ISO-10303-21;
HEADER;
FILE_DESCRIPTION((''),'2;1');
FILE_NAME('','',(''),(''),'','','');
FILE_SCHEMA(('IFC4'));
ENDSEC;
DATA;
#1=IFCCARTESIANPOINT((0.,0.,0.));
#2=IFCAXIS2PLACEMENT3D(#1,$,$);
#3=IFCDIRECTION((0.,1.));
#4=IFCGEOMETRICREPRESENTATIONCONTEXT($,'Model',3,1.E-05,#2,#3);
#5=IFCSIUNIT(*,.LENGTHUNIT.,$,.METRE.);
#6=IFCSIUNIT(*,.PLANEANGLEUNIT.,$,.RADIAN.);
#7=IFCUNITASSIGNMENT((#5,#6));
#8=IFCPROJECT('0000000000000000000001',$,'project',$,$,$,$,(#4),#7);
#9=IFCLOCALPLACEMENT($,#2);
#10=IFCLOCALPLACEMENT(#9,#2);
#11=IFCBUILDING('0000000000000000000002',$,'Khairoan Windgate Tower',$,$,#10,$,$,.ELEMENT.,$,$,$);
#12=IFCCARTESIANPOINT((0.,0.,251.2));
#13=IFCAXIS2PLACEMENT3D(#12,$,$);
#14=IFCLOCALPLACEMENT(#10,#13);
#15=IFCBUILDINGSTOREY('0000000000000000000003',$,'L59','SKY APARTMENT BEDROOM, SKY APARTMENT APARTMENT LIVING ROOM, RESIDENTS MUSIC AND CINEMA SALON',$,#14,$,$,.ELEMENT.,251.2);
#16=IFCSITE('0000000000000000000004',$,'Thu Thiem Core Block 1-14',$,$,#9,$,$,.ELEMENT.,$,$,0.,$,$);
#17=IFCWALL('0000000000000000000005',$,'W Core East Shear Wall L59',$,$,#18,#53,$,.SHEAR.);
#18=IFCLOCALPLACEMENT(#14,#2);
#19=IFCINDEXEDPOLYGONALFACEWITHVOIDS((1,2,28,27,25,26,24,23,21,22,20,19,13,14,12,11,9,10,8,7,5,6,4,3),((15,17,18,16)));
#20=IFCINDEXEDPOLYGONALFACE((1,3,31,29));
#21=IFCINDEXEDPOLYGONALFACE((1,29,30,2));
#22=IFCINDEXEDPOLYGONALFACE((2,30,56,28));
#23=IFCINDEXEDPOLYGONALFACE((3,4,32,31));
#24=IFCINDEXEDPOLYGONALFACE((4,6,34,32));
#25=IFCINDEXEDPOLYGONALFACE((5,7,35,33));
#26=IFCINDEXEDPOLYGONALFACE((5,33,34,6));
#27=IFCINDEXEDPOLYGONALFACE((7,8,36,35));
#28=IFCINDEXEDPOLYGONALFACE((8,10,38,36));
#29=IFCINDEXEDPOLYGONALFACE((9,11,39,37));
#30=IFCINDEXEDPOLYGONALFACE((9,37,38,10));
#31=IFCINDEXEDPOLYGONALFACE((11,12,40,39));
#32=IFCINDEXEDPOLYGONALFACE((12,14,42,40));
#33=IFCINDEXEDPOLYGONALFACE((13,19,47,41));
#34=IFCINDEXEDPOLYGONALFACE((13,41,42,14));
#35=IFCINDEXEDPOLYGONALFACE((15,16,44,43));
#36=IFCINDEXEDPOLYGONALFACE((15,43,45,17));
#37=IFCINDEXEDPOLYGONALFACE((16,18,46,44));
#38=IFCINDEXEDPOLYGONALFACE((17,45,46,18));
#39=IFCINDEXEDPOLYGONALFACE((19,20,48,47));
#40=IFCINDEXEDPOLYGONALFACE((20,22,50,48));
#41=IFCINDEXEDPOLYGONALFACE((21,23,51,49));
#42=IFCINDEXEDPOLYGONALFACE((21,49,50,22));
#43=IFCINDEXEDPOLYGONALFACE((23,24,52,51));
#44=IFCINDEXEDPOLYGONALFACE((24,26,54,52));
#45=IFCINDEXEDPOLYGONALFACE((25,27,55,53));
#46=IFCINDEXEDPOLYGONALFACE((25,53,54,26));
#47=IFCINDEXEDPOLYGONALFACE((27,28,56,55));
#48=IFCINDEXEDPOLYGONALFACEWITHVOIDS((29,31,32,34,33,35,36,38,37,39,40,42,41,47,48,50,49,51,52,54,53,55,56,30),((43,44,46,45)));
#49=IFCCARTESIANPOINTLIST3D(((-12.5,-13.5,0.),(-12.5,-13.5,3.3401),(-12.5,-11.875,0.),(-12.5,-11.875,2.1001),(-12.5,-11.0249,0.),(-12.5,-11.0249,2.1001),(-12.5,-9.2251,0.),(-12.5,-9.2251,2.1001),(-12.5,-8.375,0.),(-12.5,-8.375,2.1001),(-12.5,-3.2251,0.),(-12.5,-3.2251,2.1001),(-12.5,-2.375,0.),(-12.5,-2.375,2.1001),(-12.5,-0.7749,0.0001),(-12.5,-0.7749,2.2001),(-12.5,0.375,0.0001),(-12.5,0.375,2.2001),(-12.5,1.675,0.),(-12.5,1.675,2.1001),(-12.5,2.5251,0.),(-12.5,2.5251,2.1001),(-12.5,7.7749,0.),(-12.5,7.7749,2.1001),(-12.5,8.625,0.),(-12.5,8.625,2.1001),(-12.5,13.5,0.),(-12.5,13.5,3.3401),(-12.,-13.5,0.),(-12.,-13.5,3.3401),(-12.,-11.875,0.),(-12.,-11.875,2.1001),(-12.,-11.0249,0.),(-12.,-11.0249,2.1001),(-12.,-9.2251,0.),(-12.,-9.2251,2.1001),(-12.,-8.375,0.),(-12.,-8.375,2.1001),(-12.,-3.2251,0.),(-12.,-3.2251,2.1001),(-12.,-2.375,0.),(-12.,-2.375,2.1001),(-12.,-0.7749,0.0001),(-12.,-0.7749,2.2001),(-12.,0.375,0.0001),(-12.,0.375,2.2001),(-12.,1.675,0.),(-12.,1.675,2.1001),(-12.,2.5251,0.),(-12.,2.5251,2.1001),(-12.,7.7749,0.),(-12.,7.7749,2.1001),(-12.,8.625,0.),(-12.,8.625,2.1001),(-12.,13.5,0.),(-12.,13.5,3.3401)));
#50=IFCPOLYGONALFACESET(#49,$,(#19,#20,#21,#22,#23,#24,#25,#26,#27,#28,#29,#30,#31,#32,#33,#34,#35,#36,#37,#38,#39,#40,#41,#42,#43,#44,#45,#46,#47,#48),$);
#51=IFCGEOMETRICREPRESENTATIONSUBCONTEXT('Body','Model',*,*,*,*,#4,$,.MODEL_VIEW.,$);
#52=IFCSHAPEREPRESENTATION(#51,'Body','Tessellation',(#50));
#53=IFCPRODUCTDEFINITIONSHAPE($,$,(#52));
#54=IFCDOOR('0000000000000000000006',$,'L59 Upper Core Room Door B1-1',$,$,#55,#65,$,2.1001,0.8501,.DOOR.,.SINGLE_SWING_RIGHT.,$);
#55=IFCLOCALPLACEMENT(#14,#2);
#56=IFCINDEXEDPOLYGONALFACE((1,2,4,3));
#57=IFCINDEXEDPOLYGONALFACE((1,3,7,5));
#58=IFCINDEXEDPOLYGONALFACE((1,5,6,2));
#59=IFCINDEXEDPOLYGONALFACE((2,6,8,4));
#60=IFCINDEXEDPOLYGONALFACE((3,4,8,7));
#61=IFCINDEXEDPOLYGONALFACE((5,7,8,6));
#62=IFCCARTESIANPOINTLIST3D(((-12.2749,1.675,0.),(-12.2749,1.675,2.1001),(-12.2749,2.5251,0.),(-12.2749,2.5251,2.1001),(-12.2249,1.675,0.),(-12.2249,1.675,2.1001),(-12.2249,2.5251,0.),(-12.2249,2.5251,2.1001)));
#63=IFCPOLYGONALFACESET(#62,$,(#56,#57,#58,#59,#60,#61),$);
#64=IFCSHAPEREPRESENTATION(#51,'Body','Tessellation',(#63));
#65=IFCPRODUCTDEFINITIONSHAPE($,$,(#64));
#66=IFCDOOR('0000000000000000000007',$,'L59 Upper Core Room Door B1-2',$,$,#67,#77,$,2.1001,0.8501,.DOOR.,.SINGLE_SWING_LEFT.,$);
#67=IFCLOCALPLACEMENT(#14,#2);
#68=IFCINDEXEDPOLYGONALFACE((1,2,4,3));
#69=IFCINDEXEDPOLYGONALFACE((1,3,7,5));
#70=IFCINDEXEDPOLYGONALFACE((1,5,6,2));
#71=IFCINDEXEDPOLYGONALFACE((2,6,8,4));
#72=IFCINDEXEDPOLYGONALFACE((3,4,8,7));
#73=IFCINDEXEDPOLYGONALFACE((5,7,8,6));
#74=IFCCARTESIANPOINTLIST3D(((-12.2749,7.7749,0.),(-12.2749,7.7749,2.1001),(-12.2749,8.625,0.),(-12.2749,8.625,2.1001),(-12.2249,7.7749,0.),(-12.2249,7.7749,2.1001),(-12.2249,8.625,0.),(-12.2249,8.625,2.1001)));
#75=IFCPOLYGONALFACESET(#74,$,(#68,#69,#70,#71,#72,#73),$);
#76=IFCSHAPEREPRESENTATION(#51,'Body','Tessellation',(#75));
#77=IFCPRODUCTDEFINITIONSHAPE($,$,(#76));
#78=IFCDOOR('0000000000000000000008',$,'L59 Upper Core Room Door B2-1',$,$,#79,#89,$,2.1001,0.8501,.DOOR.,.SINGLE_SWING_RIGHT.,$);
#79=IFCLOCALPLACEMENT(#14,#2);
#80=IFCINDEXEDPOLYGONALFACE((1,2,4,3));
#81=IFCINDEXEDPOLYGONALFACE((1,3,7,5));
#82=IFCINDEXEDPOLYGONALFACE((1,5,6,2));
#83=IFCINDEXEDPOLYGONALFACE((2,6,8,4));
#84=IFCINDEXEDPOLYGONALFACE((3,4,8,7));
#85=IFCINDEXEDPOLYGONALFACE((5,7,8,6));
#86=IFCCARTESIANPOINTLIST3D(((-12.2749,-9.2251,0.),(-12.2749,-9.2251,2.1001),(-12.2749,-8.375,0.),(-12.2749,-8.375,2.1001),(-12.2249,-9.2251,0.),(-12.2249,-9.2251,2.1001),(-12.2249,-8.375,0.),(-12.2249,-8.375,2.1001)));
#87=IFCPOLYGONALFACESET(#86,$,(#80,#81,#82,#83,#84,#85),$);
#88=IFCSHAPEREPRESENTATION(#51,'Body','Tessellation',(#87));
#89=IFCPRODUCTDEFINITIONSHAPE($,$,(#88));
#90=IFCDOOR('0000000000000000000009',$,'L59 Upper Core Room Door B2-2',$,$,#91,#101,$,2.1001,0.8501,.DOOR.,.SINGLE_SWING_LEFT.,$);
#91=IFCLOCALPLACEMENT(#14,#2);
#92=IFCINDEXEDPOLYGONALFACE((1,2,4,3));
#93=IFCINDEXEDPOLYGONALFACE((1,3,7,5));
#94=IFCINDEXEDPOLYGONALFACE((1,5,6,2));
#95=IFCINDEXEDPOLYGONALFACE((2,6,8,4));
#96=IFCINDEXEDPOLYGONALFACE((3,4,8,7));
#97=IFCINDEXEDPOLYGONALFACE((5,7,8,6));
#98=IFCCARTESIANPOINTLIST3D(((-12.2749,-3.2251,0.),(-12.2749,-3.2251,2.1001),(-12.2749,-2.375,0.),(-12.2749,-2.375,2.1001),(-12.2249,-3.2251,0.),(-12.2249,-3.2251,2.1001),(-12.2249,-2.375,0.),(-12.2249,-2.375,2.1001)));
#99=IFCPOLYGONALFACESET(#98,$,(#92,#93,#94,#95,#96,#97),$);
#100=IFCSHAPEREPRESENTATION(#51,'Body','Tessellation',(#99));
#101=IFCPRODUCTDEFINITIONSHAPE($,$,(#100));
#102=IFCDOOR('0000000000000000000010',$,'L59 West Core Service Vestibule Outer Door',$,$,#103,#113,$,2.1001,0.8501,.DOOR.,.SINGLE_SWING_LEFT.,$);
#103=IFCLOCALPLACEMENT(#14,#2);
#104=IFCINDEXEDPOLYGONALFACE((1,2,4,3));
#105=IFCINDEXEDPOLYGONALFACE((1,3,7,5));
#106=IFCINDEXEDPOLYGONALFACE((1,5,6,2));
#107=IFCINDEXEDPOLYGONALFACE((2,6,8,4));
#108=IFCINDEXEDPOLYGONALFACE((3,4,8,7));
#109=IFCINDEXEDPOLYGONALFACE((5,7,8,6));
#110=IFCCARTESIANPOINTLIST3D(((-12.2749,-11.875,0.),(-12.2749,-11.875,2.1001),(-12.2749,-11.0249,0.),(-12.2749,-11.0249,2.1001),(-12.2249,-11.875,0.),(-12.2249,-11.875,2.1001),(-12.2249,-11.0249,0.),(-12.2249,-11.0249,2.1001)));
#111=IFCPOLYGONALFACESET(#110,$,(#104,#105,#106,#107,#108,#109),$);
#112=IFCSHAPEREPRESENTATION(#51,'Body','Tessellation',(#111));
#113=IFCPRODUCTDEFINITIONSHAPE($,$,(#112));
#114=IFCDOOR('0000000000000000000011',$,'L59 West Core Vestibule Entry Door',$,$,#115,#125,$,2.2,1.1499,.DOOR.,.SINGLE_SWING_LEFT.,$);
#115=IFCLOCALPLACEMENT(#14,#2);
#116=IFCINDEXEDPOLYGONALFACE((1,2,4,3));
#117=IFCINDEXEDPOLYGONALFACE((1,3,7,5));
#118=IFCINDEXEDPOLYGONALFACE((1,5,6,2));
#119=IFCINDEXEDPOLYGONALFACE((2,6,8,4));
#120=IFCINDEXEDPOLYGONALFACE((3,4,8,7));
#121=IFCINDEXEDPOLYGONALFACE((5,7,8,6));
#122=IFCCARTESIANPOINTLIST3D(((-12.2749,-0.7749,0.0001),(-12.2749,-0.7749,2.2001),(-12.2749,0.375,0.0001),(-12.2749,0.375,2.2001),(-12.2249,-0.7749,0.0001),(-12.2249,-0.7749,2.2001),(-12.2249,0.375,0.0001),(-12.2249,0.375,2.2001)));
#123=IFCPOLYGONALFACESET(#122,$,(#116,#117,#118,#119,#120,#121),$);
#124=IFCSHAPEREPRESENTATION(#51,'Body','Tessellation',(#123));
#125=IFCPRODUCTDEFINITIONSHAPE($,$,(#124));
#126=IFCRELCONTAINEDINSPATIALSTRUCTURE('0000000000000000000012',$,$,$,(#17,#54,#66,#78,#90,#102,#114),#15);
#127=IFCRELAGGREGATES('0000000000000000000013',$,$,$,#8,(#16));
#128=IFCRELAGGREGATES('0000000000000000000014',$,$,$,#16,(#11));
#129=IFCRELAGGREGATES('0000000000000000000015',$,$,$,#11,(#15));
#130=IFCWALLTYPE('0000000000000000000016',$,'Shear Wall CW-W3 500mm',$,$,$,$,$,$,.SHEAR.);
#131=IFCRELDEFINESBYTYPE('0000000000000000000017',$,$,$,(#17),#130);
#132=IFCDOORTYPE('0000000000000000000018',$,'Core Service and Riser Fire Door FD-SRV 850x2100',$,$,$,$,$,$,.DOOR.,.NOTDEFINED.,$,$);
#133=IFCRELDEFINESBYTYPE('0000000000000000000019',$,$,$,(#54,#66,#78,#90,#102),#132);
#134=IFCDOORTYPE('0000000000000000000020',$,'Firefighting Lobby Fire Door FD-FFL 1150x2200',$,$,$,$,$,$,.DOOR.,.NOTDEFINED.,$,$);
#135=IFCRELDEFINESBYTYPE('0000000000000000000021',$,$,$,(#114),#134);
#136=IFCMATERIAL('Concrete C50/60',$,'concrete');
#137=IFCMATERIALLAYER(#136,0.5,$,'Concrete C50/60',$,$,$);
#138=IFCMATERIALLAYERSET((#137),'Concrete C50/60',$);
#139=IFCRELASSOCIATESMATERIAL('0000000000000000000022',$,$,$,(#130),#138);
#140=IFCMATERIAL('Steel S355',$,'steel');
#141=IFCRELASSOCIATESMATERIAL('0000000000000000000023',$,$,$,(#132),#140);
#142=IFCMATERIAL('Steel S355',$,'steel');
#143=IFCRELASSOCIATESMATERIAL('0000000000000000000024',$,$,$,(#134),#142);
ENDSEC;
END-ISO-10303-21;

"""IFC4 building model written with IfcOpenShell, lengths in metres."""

from ifc_helpers import new_model, si_unit, direction, frame, frame_2d, origin, place, context, subcontext, project, spatial, rectangle, extrude, material, layer, layer_set, type_object, element, fill, save


model = new_model("IFC4")

# Units and contexts
model_context = context("Model", 3, precision=1e-05, world=origin(), true_north=direction((0.0, 1.0)))
body_context = subcontext(model_context, "Body", "Model", "MODEL_VIEW")
ifc_project = project(units=[si_unit("LENGTHUNIT", "METRE"), si_unit("PLANEANGLEUNIT", "RADIAN")], contexts=[model_context])

# Site, building, storey
site_placement = place(None, origin())
site = spatial("IfcSite", under=ifc_project, at=site_placement, Name="Thu Thiem Core Block 1-14", CompositionType="ELEMENT", RefElevation=0.0)
building_placement = place(site_placement, origin())
building = spatial("IfcBuilding", under=site, at=building_placement, Name="Khairoan Windgate Tower", CompositionType="ELEMENT")
storey_placement = place(building_placement, frame((0.0, 0.0, 251.2)))
storey = spatial("IfcBuildingStorey", under=building, at=storey_placement, Name="L59", Description="SKY APARTMENT BEDROOM, SKY APARTMENT APARTMENT LIVING ROOM, RESIDENTS MUSIC AND CINEMA SALON", CompositionType="ELEMENT", Elevation=251.2)

# Wall, openings, doors
ifc_material_1 = material(Name="Concrete C50/60", Category="concrete")
ifc_layer_1 = layer(ifc_material_1, 0.5, Name="Concrete C50/60")
ifc_layer_set_1 = layer_set([ifc_layer_1], Name="Concrete C50/60")
wall_type_1 = type_object("IfcWallType", Name="Shear Wall CW-W3 500mm", PredefinedType="SHEAR", material=ifc_layer_set_1)
wall_1_placement = place(storey_placement, frame((-12.25, -13.5, 0.0), z_axis=(0.0, 0.0, 1.0), x_axis=(0.0, 1.0, 0.0)))
wall_1 = element("IfcWall", 1, at=wall_1_placement, inside=storey, type_object=wall_type_1, Name="W Core East Shear Wall L59", PredefinedType="SHEAR", context=body_context, shape_type="SweptSolid", body=[
    extrude(rectangle(XDim=27.0, YDim=0.5, at=frame_2d((13.5, 0.0))), origin(), (0.0, 0.0, 1.0), 3.3401),
])
opening_1_placement = place(wall_1_placement, frame((15.175, 0.0, 0.0)))
opening_1 = element("IfcOpeningElement", 2, at=opening_1_placement, cuts=wall_1, PredefinedType="OPENING", context=body_context, shape_type="SweptSolid", body=[
    extrude(rectangle(XDim=0.8501, YDim=2.1001, at=frame_2d((0.425, 1.05))), frame((0.0, 0.26, 0.0), z_axis=(0.0, -1.0, 0.0), x_axis=(1.0, 0.0, 0.0)), (0.0, 0.0, 1.0), 0.52),
])
opening_2_placement = place(wall_1_placement, frame((21.2749, 0.0, 0.0)))
opening_2 = element("IfcOpeningElement", 3, at=opening_2_placement, cuts=wall_1, PredefinedType="OPENING", context=body_context, shape_type="SweptSolid", body=[
    extrude(rectangle(XDim=0.8501, YDim=2.1001, at=frame_2d((0.425, 1.05))), frame((0.0, 0.26, 0.0), z_axis=(0.0, -1.0, 0.0), x_axis=(1.0, 0.0, 0.0)), (0.0, 0.0, 1.0), 0.52),
])
opening_3_placement = place(wall_1_placement, frame((4.2749, 0.0, 0.0)))
opening_3 = element("IfcOpeningElement", 4, at=opening_3_placement, cuts=wall_1, PredefinedType="OPENING", context=body_context, shape_type="SweptSolid", body=[
    extrude(rectangle(XDim=0.8501, YDim=2.1001, at=frame_2d((0.425, 1.05))), frame((0.0, 0.26, 0.0), z_axis=(0.0, -1.0, 0.0), x_axis=(1.0, 0.0, 0.0)), (0.0, 0.0, 1.0), 0.52),
])
opening_4_placement = place(wall_1_placement, frame((10.2749, 0.0, 0.0)))
opening_4 = element("IfcOpeningElement", 5, at=opening_4_placement, cuts=wall_1, PredefinedType="OPENING", context=body_context, shape_type="SweptSolid", body=[
    extrude(rectangle(XDim=0.8501, YDim=2.1001, at=frame_2d((0.425, 1.05))), frame((0.0, 0.26, 0.0), z_axis=(0.0, -1.0, 0.0), x_axis=(1.0, 0.0, 0.0)), (0.0, 0.0, 1.0), 0.52),
])
opening_5_placement = place(wall_1_placement, frame((12.7251, 0.0, 0.0)))
opening_5 = element("IfcOpeningElement", 6, at=opening_5_placement, cuts=wall_1, PredefinedType="OPENING", context=body_context, shape_type="SweptSolid", body=[
    extrude(rectangle(XDim=1.1499, YDim=2.2, at=frame_2d((0.575, 1.1001))), frame((0.0, 0.26, 0.0), z_axis=(0.0, -1.0, 0.0), x_axis=(1.0, 0.0, 0.0)), (0.0, 0.0, 1.0), 0.52),
])
opening_6_placement = place(wall_1_placement, frame((1.625, 0.0, 0.0)))
opening_6 = element("IfcOpeningElement", 7, at=opening_6_placement, cuts=wall_1, PredefinedType="OPENING", context=body_context, shape_type="SweptSolid", body=[
    extrude(rectangle(XDim=0.8501, YDim=2.1001, at=frame_2d((0.425, 1.05))), frame((0.0, 0.26, 0.0), z_axis=(0.0, -1.0, 0.0), x_axis=(1.0, 0.0, 0.0)), (0.0, 0.0, 1.0), 0.52),
])
ifc_material_2 = material(Name="Steel S355", Category="steel")
door_type_1 = type_object("IfcDoorType", Name="Core Service and Riser Fire Door FD-SRV 850x2100", OperationType="NOTDEFINED", PredefinedType="DOOR", material=ifc_material_2)
door_1_placement = place(opening_1_placement, origin())
door_1 = element("IfcDoor", 8, at=door_1_placement, inside=storey, type_object=door_type_1, Name="L59 Upper Core Room Door B1-1", OperationType="SINGLE_SWING_RIGHT", OverallHeight=2.1001, OverallWidth=0.8501, PredefinedType="DOOR", context=body_context, shape_type="SweptSolid", body=[
    extrude(rectangle(XDim=0.8501, YDim=2.1001, at=frame_2d((0.425, 1.05))), frame((0.0, 0.0249, 0.0), z_axis=(0.0, -1.0, 0.0), x_axis=(1.0, 0.0, 0.0)), (0.0, 0.0, 1.0), 0.05),
])
fill(opening_1, door_1)
door_2_placement = place(opening_2_placement, origin())
door_2 = element("IfcDoor", 9, at=door_2_placement, inside=storey, type_object=door_type_1, Name="L59 Upper Core Room Door B1-2", OperationType="SINGLE_SWING_LEFT", OverallHeight=2.1001, OverallWidth=0.8501, PredefinedType="DOOR", context=body_context, shape_type="SweptSolid", body=[
    extrude(rectangle(XDim=0.8501, YDim=2.1001, at=frame_2d((0.425, 1.05))), frame((0.0, 0.0249, 0.0), z_axis=(0.0, -1.0, 0.0), x_axis=(1.0, 0.0, 0.0)), (0.0, 0.0, 1.0), 0.05),
])
fill(opening_2, door_2)
door_3_placement = place(opening_3_placement, origin())
door_3 = element("IfcDoor", 10, at=door_3_placement, inside=storey, type_object=door_type_1, Name="L59 Upper Core Room Door B2-1", OperationType="SINGLE_SWING_RIGHT", OverallHeight=2.1001, OverallWidth=0.8501, PredefinedType="DOOR", context=body_context, shape_type="SweptSolid", body=[
    extrude(rectangle(XDim=0.8501, YDim=2.1001, at=frame_2d((0.425, 1.05))), frame((0.0, 0.0249, 0.0), z_axis=(0.0, -1.0, 0.0), x_axis=(1.0, 0.0, 0.0)), (0.0, 0.0, 1.0), 0.05),
])
fill(opening_3, door_3)
door_4_placement = place(opening_4_placement, origin())
door_4 = element("IfcDoor", 11, at=door_4_placement, inside=storey, type_object=door_type_1, Name="L59 Upper Core Room Door B2-2", OperationType="SINGLE_SWING_LEFT", OverallHeight=2.1001, OverallWidth=0.8501, PredefinedType="DOOR", context=body_context, shape_type="SweptSolid", body=[
    extrude(rectangle(XDim=0.8501, YDim=2.1001, at=frame_2d((0.425, 1.05))), frame((0.0, 0.0249, 0.0), z_axis=(0.0, -1.0, 0.0), x_axis=(1.0, 0.0, 0.0)), (0.0, 0.0, 1.0), 0.05),
])
fill(opening_4, door_4)
door_5_placement = place(opening_6_placement, origin())
door_5 = element("IfcDoor", 12, at=door_5_placement, inside=storey, type_object=door_type_1, Name="L59 West Core Service Vestibule Outer Door", OperationType="SINGLE_SWING_LEFT", OverallHeight=2.1001, OverallWidth=0.8501, PredefinedType="DOOR", context=body_context, shape_type="SweptSolid", body=[
    extrude(rectangle(XDim=0.8501, YDim=2.1001, at=frame_2d((0.425, 1.05))), frame((0.0, 0.0249, 0.0), z_axis=(0.0, -1.0, 0.0), x_axis=(1.0, 0.0, 0.0)), (0.0, 0.0, 1.0), 0.05),
])
fill(opening_6, door_5)
ifc_material_3 = material(Name="Steel S355", Category="steel")
door_type_2 = type_object("IfcDoorType", Name="Firefighting Lobby Fire Door FD-FFL 1150x2200", OperationType="NOTDEFINED", PredefinedType="DOOR", material=ifc_material_3)
door_6_placement = place(opening_5_placement, origin())
door_6 = element("IfcDoor", 13, at=door_6_placement, inside=storey, type_object=door_type_2, Name="L59 West Core Vestibule Entry Door", OperationType="SINGLE_SWING_LEFT", OverallHeight=2.2, OverallWidth=1.1499, PredefinedType="DOOR", context=body_context, shape_type="SweptSolid", body=[
    extrude(rectangle(XDim=1.1499, YDim=2.2, at=frame_2d((0.575, 1.1001))), frame((0.0, 0.0249, 0.0), z_axis=(0.0, -1.0, 0.0), x_axis=(1.0, 0.0, 0.0)), (0.0, 0.0, 1.0), 0.05),
])
fill(opening_5, door_6)

save(model, "model.ifc")
